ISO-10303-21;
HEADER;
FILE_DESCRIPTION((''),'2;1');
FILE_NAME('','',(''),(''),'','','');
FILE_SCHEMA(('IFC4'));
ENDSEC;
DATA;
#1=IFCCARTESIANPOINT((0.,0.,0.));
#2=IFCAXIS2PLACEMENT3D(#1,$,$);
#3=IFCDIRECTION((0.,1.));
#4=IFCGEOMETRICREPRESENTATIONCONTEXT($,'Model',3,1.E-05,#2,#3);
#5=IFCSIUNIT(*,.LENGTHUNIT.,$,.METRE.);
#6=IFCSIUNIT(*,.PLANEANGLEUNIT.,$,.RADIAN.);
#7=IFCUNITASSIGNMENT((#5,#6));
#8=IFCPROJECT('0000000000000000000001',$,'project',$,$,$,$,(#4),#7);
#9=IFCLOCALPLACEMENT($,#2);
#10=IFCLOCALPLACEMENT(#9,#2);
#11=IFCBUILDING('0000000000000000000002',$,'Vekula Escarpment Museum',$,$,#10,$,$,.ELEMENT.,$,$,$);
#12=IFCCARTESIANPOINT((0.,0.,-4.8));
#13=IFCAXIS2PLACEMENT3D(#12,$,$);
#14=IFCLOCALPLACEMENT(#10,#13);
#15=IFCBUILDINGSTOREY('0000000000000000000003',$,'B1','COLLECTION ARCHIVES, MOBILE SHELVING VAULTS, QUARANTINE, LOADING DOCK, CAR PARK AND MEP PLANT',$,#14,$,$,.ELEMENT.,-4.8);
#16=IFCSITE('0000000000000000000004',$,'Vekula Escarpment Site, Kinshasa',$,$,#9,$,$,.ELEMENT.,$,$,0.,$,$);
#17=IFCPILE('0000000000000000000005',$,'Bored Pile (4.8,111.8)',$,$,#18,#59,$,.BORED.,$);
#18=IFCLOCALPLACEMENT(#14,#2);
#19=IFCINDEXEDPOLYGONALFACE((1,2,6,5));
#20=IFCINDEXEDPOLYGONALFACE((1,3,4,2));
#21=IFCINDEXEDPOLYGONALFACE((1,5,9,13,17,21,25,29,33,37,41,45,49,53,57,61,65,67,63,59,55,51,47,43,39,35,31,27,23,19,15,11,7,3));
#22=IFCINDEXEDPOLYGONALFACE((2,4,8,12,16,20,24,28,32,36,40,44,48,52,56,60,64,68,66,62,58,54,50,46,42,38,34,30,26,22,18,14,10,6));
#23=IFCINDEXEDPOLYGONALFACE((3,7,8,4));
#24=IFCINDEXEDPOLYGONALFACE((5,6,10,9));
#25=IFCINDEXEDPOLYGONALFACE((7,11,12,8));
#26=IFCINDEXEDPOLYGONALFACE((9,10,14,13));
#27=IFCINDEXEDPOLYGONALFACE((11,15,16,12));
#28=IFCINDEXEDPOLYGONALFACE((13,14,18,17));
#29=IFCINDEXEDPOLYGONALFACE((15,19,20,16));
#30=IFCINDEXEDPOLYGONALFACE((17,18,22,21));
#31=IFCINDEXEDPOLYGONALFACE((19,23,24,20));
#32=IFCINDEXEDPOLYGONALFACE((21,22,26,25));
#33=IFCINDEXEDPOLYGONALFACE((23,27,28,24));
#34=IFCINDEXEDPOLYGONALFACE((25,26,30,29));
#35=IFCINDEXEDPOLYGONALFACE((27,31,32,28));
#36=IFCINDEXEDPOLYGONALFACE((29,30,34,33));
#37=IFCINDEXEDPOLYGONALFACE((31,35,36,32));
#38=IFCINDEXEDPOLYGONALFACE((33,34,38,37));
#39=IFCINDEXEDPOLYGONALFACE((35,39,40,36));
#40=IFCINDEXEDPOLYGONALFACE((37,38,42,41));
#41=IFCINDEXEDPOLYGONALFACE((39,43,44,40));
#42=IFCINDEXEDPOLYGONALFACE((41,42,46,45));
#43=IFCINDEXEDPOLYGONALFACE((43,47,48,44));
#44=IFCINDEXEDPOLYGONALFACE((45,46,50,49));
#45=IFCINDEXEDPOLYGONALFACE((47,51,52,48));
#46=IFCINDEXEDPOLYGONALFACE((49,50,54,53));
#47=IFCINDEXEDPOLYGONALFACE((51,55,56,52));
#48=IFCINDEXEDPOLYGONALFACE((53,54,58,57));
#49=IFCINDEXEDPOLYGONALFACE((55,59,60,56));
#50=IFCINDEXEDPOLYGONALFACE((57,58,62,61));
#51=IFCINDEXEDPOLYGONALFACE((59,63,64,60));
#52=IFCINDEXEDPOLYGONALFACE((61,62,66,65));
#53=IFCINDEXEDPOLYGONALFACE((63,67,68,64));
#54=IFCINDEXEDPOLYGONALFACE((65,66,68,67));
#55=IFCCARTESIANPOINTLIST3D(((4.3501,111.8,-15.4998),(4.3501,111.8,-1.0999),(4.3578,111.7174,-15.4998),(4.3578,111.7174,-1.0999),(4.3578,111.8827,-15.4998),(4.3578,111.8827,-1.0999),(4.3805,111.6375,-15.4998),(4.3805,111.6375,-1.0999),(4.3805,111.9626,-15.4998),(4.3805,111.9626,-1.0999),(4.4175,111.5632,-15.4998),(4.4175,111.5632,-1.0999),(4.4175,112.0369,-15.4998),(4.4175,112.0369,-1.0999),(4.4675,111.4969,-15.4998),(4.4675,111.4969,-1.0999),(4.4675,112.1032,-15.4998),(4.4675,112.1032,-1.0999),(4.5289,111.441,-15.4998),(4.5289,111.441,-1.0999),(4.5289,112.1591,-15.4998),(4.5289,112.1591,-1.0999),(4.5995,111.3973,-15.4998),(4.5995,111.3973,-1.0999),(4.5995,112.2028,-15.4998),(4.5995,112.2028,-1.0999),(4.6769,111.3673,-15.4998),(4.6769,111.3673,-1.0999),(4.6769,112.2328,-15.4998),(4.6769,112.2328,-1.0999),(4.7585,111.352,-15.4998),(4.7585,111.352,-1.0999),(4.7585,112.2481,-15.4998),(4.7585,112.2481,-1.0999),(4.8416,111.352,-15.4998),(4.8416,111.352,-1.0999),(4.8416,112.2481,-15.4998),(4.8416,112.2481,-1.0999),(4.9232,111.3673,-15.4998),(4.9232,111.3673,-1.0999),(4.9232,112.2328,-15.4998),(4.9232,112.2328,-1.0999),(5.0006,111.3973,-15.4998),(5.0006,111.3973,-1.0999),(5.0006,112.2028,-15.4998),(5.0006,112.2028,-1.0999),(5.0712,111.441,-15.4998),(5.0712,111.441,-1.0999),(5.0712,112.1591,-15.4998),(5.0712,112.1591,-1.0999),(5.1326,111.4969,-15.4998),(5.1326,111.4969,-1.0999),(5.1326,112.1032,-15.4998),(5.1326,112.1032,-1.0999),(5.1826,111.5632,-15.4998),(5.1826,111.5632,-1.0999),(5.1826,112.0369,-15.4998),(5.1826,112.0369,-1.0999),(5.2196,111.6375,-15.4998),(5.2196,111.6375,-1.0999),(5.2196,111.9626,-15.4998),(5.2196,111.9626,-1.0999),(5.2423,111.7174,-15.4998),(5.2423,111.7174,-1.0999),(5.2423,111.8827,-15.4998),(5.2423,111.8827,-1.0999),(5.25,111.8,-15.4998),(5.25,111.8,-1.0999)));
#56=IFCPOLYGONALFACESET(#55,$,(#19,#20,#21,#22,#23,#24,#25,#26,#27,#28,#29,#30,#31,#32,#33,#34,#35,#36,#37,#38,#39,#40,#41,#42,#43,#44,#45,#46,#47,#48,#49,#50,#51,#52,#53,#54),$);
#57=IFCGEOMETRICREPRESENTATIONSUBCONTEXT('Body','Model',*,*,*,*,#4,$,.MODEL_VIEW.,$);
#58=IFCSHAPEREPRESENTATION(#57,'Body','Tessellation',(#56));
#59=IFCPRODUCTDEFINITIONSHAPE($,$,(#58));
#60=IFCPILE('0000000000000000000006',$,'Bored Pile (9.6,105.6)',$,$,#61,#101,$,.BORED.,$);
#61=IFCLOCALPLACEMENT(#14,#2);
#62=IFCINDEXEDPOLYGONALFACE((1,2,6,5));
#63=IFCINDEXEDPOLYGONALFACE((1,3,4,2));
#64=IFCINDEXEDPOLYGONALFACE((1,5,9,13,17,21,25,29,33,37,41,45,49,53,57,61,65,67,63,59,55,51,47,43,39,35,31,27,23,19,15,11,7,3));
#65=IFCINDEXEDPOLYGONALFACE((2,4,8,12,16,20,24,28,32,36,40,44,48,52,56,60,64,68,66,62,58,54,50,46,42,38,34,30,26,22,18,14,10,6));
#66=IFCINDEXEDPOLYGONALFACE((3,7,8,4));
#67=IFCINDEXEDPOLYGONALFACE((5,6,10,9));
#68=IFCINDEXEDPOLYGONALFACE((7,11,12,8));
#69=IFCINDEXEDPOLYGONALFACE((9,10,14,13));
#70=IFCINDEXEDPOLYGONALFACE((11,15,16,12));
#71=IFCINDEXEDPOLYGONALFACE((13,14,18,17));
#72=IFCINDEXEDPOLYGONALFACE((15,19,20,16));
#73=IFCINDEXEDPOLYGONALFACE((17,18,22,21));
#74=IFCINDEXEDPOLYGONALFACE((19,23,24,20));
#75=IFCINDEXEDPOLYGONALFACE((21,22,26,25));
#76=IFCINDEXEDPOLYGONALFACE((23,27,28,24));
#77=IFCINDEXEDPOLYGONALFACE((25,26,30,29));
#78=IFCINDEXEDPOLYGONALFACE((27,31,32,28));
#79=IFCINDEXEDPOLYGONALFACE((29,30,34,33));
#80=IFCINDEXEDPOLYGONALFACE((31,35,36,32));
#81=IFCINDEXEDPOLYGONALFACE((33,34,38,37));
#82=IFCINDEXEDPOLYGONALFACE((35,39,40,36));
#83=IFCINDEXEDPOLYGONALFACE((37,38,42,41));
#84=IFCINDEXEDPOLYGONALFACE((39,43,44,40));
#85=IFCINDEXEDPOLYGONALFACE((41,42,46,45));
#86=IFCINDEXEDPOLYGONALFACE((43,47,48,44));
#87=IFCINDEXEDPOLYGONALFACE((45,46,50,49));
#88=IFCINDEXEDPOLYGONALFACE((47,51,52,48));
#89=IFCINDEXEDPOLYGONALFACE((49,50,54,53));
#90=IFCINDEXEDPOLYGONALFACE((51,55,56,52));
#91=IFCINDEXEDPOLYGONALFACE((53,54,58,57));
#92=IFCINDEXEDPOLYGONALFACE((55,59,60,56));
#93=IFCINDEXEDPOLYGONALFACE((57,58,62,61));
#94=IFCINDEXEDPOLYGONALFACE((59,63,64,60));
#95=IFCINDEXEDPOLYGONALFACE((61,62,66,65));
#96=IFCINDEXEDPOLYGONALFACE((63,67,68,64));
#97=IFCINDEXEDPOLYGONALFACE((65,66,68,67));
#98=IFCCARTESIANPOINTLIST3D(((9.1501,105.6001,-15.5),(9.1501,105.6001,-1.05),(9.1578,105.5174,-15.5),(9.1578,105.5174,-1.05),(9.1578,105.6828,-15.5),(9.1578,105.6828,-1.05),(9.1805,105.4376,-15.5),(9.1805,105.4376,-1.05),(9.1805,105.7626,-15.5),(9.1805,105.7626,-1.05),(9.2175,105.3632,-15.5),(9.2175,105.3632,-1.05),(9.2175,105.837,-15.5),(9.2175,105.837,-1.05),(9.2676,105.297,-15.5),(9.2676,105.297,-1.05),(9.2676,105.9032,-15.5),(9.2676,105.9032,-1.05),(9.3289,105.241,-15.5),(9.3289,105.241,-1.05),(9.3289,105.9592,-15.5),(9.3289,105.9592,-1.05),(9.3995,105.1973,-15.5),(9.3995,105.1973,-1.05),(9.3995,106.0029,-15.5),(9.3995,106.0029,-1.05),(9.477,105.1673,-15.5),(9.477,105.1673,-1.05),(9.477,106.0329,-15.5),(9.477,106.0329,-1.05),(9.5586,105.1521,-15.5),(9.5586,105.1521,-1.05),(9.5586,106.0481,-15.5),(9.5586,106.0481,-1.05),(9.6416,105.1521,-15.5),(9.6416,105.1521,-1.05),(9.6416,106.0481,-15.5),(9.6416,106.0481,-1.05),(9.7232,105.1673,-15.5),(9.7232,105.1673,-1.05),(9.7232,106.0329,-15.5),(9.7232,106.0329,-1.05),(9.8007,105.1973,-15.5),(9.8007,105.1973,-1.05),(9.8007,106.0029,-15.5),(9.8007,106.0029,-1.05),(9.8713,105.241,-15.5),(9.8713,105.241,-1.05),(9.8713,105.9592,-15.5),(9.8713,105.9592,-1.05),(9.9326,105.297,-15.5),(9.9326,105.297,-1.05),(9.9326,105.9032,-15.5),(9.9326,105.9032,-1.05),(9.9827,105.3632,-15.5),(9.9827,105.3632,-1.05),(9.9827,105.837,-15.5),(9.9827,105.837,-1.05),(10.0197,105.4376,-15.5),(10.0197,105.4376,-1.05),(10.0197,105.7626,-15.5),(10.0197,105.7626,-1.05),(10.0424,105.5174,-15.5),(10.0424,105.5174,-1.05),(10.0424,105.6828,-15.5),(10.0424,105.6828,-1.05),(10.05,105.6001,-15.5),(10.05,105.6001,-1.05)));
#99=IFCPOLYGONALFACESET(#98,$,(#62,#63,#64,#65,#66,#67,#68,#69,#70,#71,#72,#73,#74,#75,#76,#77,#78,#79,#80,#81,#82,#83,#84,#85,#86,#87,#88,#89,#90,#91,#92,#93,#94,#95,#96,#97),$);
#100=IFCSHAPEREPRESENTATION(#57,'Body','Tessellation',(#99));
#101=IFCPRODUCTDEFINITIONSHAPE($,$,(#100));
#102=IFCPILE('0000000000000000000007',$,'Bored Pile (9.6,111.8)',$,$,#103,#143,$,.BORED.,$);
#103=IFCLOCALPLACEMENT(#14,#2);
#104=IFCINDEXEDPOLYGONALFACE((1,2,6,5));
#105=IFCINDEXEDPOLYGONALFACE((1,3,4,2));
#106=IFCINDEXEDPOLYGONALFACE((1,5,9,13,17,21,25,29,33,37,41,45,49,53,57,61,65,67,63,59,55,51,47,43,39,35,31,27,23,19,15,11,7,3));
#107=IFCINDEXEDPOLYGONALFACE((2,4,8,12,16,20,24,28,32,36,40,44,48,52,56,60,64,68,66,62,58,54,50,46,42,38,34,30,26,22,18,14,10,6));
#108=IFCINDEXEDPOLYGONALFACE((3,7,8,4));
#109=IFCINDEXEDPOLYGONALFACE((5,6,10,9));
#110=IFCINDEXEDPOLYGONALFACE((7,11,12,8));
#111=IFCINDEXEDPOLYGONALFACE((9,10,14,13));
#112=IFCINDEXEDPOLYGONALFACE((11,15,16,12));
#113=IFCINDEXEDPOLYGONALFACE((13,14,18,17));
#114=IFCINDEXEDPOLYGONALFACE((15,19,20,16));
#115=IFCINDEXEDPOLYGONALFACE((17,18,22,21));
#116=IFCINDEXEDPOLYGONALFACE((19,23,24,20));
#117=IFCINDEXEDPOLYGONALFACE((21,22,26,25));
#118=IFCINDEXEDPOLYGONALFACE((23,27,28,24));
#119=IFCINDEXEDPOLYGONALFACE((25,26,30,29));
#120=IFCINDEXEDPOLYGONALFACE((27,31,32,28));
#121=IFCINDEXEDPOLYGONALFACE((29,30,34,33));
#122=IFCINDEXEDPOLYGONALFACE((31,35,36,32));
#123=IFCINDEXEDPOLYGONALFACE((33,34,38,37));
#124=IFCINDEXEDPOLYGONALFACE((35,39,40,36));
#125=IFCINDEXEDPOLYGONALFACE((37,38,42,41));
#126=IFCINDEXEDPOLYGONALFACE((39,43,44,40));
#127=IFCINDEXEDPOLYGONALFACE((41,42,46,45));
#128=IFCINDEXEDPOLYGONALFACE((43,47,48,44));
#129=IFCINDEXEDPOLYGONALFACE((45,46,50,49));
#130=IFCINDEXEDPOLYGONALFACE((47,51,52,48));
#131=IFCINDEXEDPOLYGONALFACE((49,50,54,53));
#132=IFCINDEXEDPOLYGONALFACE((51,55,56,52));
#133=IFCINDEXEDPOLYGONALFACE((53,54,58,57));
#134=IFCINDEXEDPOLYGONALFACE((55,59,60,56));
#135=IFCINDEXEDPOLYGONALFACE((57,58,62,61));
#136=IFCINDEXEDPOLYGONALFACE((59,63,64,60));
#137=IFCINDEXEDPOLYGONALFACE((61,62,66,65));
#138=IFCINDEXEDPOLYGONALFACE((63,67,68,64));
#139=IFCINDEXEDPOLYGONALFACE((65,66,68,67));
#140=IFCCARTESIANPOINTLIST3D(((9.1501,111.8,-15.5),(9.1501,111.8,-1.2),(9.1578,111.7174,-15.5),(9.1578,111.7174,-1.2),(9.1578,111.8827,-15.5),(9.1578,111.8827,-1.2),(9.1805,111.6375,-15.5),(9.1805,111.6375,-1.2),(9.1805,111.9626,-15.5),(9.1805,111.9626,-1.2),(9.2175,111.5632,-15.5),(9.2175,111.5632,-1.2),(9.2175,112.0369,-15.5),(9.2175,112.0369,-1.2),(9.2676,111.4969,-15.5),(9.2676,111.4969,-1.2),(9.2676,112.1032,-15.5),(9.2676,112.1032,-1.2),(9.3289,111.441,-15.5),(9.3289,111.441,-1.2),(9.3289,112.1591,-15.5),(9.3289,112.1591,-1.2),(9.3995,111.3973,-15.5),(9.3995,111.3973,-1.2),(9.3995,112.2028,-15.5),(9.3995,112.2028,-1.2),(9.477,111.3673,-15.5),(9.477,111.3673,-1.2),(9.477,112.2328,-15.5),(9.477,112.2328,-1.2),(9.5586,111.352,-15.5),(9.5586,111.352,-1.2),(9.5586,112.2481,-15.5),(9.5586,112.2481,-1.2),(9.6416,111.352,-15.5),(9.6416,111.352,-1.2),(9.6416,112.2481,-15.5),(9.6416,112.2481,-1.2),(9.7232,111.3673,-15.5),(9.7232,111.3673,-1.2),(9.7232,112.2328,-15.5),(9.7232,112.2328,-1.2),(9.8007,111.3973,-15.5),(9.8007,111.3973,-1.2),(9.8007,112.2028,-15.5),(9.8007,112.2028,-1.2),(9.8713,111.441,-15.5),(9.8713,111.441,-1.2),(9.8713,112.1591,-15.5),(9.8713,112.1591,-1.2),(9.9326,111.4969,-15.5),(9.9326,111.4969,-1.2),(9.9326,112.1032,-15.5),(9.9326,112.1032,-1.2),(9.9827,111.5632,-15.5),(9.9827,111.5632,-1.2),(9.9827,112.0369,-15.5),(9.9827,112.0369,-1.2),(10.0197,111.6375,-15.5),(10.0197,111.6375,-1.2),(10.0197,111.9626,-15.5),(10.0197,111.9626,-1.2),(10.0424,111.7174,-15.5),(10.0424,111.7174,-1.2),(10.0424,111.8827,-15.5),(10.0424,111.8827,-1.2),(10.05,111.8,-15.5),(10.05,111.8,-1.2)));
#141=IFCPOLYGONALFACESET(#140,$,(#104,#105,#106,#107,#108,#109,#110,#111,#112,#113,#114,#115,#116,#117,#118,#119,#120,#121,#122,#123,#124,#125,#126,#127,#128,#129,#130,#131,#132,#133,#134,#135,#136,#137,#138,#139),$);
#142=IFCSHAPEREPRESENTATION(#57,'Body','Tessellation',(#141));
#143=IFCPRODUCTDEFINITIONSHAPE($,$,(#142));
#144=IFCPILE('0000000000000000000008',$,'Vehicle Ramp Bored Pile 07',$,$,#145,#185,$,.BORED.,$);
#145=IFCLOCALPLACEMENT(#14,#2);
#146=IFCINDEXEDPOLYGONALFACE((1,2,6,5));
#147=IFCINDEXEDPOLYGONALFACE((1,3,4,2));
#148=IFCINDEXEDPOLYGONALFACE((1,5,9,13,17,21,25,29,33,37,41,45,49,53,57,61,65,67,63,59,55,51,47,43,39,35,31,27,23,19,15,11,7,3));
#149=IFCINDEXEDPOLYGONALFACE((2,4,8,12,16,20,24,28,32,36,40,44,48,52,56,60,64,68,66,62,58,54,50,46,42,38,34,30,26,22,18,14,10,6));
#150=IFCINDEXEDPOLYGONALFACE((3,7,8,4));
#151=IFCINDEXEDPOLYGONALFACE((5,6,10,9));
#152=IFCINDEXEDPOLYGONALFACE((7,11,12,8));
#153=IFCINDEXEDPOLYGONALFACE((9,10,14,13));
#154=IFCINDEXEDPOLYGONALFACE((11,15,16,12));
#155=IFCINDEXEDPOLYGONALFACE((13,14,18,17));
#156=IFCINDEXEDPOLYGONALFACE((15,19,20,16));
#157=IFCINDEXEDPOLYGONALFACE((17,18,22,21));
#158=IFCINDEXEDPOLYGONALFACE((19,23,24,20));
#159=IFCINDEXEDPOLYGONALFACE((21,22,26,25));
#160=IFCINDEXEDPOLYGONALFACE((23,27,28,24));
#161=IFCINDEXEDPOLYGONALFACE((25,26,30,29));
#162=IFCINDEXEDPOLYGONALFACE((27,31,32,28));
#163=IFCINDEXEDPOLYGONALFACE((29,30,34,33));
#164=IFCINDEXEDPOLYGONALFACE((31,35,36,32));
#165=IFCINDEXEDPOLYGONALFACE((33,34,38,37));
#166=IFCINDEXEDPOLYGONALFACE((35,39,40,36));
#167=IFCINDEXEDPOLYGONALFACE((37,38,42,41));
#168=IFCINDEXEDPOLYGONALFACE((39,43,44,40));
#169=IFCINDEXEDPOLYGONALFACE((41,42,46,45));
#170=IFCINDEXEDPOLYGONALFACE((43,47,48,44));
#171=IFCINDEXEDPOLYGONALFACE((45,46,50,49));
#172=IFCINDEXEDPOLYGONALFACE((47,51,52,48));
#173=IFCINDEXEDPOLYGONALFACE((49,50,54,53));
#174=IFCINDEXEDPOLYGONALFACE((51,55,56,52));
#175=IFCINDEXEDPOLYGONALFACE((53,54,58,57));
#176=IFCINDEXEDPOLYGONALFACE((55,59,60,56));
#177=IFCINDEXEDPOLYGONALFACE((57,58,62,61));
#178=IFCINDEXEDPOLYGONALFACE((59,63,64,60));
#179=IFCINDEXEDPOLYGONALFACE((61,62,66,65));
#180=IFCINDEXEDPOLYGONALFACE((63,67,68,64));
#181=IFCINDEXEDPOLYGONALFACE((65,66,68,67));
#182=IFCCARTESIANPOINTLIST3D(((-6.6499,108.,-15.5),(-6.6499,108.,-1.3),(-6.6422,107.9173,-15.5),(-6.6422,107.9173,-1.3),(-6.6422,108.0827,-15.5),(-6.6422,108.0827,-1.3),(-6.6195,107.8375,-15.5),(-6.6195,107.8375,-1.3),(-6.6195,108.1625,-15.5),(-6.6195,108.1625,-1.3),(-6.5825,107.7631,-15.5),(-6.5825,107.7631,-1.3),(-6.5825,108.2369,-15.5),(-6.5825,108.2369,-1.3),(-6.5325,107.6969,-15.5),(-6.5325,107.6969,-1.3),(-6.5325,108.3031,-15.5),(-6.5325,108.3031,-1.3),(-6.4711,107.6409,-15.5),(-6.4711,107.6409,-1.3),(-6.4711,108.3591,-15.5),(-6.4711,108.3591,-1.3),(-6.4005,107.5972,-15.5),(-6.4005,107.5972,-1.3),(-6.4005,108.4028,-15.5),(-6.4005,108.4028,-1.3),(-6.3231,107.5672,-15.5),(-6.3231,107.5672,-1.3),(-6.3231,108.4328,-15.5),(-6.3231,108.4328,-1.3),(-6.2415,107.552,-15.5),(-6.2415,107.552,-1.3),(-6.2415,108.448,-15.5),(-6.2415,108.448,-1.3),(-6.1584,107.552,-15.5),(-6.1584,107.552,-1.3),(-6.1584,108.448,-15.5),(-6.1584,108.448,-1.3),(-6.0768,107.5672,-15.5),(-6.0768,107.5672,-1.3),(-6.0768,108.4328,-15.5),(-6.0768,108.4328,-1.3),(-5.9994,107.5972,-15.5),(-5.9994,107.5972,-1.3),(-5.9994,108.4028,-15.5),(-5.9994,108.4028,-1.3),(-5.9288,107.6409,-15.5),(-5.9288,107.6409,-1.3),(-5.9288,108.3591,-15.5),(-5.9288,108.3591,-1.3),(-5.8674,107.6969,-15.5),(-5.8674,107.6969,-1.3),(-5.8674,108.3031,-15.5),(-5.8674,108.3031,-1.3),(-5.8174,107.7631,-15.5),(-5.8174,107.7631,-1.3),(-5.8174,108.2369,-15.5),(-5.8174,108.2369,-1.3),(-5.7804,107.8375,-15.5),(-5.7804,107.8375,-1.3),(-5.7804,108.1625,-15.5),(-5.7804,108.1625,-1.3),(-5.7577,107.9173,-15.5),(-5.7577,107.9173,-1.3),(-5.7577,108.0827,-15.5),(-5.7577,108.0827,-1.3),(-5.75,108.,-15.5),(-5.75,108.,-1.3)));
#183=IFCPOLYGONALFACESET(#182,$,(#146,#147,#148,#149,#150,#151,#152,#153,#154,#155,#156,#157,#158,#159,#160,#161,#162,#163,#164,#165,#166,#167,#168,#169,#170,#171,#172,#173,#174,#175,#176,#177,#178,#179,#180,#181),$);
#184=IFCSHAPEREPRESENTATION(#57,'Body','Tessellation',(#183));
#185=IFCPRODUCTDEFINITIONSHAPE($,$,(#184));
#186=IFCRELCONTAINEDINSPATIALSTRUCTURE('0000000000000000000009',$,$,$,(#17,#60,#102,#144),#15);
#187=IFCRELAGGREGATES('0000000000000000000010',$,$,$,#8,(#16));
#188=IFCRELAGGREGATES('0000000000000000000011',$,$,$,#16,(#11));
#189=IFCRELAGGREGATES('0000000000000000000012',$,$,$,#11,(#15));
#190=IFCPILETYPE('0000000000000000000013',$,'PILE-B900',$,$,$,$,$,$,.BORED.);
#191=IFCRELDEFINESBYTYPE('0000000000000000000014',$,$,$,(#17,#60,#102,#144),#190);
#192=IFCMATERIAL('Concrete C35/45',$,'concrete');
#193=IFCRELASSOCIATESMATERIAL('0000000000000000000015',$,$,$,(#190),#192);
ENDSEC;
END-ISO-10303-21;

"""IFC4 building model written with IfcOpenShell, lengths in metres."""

from ifc_helpers import new_model, si_unit, direction, frame, origin, origin_2d, place, context, subcontext, project, spatial, circle, extrude, material, material_profile, profile_set, type_object, element, save


model = new_model("IFC4")

# Units and contexts
model_context = context("Model", 3, precision=1e-05, world=origin(), true_north=direction((0.0, 1.0)))
body_context = subcontext(model_context, "Body", "Model", "MODEL_VIEW")
ifc_project = project(units=[si_unit("LENGTHUNIT", "METRE"), si_unit("PLANEANGLEUNIT", "RADIAN")], contexts=[model_context])

# Site, building, storey
site_placement = place(None, origin())
site = spatial("IfcSite", under=ifc_project, at=site_placement, Name="Vekula Escarpment Site, Kinshasa", CompositionType="ELEMENT", RefElevation=0.0)
building_placement = place(site_placement, origin())
building = spatial("IfcBuilding", under=site, at=building_placement, Name="Vekula Escarpment Museum", CompositionType="ELEMENT")
storey_placement = place(building_placement, frame((0.0, 0.0, -4.8)))
storey = spatial("IfcBuildingStorey", under=building, at=storey_placement, Name="B1", Description="COLLECTION ARCHIVES, MOBILE SHELVING VAULTS, QUARANTINE, LOADING DOCK, CAR PARK AND MEP PLANT", CompositionType="ELEMENT", Elevation=-4.8)

# Piles
ifc_material_1 = material(Name="Concrete C35/45", Category="concrete")
ifc_material_profile_1 = material_profile(ifc_material_1, circle(Radius=0.45, at=origin_2d()), Name="BORED PILE 900")
ifc_profile_set_1 = profile_set([ifc_material_profile_1], Name="Concrete C35/45")
pile_type = type_object("IfcPileType", Name="PILE-B900", PredefinedType="BORED", material=ifc_profile_set_1)
pile_1_placement = place(storey_placement, frame((4.8, 111.8, -1.0999), z_axis=(0.0, 0.0, -1.0), x_axis=(1.0, 0.0, 0.0)))
element("IfcPile", 1, at=pile_1_placement, inside=storey, type_object=pile_type, Name="Bored Pile (4.8,111.8)", PredefinedType="BORED", context=body_context, shape_type="SweptSolid", body=[
    extrude(circle(Radius=0.45, at=origin_2d()), origin(), (0.0, 0.0, 1.0), 14.3999),
])
pile_2_placement = place(storey_placement, frame((9.6001, 105.6001, -1.05), z_axis=(0.0, 0.0, -1.0), x_axis=(1.0, 0.0, 0.0)))
element("IfcPile", 2, at=pile_2_placement, inside=storey, type_object=pile_type, Name="Bored Pile (9.6,105.6)", PredefinedType="BORED", context=body_context, shape_type="SweptSolid", body=[
    extrude(circle(Radius=0.45, at=origin_2d()), origin(), (0.0, 0.0, 1.0), 14.45),
])
pile_3_placement = place(storey_placement, frame((9.6001, 111.8, -1.2), z_axis=(0.0, 0.0, -1.0), x_axis=(1.0, 0.0, 0.0)))
element("IfcPile", 3, at=pile_3_placement, inside=storey, type_object=pile_type, Name="Bored Pile (9.6,111.8)", PredefinedType="BORED", context=body_context, shape_type="SweptSolid", body=[
    extrude(circle(Radius=0.45, at=origin_2d()), origin(), (0.0, 0.0, 1.0), 14.3),
])
for number, where, z_axis, x_axis, name in (
    (4, (-6.2, 108.0, -1.3), (0.0, 0.0, -1.0), (1.0, 0.0, 0.0), "Vehicle Ramp Bored Pile 07"),
):
    element("IfcPile", number, at=place(storey_placement, frame(where, z_axis=z_axis, x_axis=x_axis)), inside=storey, type_object=pile_type, Name=name, PredefinedType="BORED", context=body_context, shape_type="SweptSolid", body=[
        extrude(circle(Radius=0.45, at=origin_2d()), origin(), (0.0, 0.0, 1.0), 14.2),
    ])

save(model, "model.ifc")
